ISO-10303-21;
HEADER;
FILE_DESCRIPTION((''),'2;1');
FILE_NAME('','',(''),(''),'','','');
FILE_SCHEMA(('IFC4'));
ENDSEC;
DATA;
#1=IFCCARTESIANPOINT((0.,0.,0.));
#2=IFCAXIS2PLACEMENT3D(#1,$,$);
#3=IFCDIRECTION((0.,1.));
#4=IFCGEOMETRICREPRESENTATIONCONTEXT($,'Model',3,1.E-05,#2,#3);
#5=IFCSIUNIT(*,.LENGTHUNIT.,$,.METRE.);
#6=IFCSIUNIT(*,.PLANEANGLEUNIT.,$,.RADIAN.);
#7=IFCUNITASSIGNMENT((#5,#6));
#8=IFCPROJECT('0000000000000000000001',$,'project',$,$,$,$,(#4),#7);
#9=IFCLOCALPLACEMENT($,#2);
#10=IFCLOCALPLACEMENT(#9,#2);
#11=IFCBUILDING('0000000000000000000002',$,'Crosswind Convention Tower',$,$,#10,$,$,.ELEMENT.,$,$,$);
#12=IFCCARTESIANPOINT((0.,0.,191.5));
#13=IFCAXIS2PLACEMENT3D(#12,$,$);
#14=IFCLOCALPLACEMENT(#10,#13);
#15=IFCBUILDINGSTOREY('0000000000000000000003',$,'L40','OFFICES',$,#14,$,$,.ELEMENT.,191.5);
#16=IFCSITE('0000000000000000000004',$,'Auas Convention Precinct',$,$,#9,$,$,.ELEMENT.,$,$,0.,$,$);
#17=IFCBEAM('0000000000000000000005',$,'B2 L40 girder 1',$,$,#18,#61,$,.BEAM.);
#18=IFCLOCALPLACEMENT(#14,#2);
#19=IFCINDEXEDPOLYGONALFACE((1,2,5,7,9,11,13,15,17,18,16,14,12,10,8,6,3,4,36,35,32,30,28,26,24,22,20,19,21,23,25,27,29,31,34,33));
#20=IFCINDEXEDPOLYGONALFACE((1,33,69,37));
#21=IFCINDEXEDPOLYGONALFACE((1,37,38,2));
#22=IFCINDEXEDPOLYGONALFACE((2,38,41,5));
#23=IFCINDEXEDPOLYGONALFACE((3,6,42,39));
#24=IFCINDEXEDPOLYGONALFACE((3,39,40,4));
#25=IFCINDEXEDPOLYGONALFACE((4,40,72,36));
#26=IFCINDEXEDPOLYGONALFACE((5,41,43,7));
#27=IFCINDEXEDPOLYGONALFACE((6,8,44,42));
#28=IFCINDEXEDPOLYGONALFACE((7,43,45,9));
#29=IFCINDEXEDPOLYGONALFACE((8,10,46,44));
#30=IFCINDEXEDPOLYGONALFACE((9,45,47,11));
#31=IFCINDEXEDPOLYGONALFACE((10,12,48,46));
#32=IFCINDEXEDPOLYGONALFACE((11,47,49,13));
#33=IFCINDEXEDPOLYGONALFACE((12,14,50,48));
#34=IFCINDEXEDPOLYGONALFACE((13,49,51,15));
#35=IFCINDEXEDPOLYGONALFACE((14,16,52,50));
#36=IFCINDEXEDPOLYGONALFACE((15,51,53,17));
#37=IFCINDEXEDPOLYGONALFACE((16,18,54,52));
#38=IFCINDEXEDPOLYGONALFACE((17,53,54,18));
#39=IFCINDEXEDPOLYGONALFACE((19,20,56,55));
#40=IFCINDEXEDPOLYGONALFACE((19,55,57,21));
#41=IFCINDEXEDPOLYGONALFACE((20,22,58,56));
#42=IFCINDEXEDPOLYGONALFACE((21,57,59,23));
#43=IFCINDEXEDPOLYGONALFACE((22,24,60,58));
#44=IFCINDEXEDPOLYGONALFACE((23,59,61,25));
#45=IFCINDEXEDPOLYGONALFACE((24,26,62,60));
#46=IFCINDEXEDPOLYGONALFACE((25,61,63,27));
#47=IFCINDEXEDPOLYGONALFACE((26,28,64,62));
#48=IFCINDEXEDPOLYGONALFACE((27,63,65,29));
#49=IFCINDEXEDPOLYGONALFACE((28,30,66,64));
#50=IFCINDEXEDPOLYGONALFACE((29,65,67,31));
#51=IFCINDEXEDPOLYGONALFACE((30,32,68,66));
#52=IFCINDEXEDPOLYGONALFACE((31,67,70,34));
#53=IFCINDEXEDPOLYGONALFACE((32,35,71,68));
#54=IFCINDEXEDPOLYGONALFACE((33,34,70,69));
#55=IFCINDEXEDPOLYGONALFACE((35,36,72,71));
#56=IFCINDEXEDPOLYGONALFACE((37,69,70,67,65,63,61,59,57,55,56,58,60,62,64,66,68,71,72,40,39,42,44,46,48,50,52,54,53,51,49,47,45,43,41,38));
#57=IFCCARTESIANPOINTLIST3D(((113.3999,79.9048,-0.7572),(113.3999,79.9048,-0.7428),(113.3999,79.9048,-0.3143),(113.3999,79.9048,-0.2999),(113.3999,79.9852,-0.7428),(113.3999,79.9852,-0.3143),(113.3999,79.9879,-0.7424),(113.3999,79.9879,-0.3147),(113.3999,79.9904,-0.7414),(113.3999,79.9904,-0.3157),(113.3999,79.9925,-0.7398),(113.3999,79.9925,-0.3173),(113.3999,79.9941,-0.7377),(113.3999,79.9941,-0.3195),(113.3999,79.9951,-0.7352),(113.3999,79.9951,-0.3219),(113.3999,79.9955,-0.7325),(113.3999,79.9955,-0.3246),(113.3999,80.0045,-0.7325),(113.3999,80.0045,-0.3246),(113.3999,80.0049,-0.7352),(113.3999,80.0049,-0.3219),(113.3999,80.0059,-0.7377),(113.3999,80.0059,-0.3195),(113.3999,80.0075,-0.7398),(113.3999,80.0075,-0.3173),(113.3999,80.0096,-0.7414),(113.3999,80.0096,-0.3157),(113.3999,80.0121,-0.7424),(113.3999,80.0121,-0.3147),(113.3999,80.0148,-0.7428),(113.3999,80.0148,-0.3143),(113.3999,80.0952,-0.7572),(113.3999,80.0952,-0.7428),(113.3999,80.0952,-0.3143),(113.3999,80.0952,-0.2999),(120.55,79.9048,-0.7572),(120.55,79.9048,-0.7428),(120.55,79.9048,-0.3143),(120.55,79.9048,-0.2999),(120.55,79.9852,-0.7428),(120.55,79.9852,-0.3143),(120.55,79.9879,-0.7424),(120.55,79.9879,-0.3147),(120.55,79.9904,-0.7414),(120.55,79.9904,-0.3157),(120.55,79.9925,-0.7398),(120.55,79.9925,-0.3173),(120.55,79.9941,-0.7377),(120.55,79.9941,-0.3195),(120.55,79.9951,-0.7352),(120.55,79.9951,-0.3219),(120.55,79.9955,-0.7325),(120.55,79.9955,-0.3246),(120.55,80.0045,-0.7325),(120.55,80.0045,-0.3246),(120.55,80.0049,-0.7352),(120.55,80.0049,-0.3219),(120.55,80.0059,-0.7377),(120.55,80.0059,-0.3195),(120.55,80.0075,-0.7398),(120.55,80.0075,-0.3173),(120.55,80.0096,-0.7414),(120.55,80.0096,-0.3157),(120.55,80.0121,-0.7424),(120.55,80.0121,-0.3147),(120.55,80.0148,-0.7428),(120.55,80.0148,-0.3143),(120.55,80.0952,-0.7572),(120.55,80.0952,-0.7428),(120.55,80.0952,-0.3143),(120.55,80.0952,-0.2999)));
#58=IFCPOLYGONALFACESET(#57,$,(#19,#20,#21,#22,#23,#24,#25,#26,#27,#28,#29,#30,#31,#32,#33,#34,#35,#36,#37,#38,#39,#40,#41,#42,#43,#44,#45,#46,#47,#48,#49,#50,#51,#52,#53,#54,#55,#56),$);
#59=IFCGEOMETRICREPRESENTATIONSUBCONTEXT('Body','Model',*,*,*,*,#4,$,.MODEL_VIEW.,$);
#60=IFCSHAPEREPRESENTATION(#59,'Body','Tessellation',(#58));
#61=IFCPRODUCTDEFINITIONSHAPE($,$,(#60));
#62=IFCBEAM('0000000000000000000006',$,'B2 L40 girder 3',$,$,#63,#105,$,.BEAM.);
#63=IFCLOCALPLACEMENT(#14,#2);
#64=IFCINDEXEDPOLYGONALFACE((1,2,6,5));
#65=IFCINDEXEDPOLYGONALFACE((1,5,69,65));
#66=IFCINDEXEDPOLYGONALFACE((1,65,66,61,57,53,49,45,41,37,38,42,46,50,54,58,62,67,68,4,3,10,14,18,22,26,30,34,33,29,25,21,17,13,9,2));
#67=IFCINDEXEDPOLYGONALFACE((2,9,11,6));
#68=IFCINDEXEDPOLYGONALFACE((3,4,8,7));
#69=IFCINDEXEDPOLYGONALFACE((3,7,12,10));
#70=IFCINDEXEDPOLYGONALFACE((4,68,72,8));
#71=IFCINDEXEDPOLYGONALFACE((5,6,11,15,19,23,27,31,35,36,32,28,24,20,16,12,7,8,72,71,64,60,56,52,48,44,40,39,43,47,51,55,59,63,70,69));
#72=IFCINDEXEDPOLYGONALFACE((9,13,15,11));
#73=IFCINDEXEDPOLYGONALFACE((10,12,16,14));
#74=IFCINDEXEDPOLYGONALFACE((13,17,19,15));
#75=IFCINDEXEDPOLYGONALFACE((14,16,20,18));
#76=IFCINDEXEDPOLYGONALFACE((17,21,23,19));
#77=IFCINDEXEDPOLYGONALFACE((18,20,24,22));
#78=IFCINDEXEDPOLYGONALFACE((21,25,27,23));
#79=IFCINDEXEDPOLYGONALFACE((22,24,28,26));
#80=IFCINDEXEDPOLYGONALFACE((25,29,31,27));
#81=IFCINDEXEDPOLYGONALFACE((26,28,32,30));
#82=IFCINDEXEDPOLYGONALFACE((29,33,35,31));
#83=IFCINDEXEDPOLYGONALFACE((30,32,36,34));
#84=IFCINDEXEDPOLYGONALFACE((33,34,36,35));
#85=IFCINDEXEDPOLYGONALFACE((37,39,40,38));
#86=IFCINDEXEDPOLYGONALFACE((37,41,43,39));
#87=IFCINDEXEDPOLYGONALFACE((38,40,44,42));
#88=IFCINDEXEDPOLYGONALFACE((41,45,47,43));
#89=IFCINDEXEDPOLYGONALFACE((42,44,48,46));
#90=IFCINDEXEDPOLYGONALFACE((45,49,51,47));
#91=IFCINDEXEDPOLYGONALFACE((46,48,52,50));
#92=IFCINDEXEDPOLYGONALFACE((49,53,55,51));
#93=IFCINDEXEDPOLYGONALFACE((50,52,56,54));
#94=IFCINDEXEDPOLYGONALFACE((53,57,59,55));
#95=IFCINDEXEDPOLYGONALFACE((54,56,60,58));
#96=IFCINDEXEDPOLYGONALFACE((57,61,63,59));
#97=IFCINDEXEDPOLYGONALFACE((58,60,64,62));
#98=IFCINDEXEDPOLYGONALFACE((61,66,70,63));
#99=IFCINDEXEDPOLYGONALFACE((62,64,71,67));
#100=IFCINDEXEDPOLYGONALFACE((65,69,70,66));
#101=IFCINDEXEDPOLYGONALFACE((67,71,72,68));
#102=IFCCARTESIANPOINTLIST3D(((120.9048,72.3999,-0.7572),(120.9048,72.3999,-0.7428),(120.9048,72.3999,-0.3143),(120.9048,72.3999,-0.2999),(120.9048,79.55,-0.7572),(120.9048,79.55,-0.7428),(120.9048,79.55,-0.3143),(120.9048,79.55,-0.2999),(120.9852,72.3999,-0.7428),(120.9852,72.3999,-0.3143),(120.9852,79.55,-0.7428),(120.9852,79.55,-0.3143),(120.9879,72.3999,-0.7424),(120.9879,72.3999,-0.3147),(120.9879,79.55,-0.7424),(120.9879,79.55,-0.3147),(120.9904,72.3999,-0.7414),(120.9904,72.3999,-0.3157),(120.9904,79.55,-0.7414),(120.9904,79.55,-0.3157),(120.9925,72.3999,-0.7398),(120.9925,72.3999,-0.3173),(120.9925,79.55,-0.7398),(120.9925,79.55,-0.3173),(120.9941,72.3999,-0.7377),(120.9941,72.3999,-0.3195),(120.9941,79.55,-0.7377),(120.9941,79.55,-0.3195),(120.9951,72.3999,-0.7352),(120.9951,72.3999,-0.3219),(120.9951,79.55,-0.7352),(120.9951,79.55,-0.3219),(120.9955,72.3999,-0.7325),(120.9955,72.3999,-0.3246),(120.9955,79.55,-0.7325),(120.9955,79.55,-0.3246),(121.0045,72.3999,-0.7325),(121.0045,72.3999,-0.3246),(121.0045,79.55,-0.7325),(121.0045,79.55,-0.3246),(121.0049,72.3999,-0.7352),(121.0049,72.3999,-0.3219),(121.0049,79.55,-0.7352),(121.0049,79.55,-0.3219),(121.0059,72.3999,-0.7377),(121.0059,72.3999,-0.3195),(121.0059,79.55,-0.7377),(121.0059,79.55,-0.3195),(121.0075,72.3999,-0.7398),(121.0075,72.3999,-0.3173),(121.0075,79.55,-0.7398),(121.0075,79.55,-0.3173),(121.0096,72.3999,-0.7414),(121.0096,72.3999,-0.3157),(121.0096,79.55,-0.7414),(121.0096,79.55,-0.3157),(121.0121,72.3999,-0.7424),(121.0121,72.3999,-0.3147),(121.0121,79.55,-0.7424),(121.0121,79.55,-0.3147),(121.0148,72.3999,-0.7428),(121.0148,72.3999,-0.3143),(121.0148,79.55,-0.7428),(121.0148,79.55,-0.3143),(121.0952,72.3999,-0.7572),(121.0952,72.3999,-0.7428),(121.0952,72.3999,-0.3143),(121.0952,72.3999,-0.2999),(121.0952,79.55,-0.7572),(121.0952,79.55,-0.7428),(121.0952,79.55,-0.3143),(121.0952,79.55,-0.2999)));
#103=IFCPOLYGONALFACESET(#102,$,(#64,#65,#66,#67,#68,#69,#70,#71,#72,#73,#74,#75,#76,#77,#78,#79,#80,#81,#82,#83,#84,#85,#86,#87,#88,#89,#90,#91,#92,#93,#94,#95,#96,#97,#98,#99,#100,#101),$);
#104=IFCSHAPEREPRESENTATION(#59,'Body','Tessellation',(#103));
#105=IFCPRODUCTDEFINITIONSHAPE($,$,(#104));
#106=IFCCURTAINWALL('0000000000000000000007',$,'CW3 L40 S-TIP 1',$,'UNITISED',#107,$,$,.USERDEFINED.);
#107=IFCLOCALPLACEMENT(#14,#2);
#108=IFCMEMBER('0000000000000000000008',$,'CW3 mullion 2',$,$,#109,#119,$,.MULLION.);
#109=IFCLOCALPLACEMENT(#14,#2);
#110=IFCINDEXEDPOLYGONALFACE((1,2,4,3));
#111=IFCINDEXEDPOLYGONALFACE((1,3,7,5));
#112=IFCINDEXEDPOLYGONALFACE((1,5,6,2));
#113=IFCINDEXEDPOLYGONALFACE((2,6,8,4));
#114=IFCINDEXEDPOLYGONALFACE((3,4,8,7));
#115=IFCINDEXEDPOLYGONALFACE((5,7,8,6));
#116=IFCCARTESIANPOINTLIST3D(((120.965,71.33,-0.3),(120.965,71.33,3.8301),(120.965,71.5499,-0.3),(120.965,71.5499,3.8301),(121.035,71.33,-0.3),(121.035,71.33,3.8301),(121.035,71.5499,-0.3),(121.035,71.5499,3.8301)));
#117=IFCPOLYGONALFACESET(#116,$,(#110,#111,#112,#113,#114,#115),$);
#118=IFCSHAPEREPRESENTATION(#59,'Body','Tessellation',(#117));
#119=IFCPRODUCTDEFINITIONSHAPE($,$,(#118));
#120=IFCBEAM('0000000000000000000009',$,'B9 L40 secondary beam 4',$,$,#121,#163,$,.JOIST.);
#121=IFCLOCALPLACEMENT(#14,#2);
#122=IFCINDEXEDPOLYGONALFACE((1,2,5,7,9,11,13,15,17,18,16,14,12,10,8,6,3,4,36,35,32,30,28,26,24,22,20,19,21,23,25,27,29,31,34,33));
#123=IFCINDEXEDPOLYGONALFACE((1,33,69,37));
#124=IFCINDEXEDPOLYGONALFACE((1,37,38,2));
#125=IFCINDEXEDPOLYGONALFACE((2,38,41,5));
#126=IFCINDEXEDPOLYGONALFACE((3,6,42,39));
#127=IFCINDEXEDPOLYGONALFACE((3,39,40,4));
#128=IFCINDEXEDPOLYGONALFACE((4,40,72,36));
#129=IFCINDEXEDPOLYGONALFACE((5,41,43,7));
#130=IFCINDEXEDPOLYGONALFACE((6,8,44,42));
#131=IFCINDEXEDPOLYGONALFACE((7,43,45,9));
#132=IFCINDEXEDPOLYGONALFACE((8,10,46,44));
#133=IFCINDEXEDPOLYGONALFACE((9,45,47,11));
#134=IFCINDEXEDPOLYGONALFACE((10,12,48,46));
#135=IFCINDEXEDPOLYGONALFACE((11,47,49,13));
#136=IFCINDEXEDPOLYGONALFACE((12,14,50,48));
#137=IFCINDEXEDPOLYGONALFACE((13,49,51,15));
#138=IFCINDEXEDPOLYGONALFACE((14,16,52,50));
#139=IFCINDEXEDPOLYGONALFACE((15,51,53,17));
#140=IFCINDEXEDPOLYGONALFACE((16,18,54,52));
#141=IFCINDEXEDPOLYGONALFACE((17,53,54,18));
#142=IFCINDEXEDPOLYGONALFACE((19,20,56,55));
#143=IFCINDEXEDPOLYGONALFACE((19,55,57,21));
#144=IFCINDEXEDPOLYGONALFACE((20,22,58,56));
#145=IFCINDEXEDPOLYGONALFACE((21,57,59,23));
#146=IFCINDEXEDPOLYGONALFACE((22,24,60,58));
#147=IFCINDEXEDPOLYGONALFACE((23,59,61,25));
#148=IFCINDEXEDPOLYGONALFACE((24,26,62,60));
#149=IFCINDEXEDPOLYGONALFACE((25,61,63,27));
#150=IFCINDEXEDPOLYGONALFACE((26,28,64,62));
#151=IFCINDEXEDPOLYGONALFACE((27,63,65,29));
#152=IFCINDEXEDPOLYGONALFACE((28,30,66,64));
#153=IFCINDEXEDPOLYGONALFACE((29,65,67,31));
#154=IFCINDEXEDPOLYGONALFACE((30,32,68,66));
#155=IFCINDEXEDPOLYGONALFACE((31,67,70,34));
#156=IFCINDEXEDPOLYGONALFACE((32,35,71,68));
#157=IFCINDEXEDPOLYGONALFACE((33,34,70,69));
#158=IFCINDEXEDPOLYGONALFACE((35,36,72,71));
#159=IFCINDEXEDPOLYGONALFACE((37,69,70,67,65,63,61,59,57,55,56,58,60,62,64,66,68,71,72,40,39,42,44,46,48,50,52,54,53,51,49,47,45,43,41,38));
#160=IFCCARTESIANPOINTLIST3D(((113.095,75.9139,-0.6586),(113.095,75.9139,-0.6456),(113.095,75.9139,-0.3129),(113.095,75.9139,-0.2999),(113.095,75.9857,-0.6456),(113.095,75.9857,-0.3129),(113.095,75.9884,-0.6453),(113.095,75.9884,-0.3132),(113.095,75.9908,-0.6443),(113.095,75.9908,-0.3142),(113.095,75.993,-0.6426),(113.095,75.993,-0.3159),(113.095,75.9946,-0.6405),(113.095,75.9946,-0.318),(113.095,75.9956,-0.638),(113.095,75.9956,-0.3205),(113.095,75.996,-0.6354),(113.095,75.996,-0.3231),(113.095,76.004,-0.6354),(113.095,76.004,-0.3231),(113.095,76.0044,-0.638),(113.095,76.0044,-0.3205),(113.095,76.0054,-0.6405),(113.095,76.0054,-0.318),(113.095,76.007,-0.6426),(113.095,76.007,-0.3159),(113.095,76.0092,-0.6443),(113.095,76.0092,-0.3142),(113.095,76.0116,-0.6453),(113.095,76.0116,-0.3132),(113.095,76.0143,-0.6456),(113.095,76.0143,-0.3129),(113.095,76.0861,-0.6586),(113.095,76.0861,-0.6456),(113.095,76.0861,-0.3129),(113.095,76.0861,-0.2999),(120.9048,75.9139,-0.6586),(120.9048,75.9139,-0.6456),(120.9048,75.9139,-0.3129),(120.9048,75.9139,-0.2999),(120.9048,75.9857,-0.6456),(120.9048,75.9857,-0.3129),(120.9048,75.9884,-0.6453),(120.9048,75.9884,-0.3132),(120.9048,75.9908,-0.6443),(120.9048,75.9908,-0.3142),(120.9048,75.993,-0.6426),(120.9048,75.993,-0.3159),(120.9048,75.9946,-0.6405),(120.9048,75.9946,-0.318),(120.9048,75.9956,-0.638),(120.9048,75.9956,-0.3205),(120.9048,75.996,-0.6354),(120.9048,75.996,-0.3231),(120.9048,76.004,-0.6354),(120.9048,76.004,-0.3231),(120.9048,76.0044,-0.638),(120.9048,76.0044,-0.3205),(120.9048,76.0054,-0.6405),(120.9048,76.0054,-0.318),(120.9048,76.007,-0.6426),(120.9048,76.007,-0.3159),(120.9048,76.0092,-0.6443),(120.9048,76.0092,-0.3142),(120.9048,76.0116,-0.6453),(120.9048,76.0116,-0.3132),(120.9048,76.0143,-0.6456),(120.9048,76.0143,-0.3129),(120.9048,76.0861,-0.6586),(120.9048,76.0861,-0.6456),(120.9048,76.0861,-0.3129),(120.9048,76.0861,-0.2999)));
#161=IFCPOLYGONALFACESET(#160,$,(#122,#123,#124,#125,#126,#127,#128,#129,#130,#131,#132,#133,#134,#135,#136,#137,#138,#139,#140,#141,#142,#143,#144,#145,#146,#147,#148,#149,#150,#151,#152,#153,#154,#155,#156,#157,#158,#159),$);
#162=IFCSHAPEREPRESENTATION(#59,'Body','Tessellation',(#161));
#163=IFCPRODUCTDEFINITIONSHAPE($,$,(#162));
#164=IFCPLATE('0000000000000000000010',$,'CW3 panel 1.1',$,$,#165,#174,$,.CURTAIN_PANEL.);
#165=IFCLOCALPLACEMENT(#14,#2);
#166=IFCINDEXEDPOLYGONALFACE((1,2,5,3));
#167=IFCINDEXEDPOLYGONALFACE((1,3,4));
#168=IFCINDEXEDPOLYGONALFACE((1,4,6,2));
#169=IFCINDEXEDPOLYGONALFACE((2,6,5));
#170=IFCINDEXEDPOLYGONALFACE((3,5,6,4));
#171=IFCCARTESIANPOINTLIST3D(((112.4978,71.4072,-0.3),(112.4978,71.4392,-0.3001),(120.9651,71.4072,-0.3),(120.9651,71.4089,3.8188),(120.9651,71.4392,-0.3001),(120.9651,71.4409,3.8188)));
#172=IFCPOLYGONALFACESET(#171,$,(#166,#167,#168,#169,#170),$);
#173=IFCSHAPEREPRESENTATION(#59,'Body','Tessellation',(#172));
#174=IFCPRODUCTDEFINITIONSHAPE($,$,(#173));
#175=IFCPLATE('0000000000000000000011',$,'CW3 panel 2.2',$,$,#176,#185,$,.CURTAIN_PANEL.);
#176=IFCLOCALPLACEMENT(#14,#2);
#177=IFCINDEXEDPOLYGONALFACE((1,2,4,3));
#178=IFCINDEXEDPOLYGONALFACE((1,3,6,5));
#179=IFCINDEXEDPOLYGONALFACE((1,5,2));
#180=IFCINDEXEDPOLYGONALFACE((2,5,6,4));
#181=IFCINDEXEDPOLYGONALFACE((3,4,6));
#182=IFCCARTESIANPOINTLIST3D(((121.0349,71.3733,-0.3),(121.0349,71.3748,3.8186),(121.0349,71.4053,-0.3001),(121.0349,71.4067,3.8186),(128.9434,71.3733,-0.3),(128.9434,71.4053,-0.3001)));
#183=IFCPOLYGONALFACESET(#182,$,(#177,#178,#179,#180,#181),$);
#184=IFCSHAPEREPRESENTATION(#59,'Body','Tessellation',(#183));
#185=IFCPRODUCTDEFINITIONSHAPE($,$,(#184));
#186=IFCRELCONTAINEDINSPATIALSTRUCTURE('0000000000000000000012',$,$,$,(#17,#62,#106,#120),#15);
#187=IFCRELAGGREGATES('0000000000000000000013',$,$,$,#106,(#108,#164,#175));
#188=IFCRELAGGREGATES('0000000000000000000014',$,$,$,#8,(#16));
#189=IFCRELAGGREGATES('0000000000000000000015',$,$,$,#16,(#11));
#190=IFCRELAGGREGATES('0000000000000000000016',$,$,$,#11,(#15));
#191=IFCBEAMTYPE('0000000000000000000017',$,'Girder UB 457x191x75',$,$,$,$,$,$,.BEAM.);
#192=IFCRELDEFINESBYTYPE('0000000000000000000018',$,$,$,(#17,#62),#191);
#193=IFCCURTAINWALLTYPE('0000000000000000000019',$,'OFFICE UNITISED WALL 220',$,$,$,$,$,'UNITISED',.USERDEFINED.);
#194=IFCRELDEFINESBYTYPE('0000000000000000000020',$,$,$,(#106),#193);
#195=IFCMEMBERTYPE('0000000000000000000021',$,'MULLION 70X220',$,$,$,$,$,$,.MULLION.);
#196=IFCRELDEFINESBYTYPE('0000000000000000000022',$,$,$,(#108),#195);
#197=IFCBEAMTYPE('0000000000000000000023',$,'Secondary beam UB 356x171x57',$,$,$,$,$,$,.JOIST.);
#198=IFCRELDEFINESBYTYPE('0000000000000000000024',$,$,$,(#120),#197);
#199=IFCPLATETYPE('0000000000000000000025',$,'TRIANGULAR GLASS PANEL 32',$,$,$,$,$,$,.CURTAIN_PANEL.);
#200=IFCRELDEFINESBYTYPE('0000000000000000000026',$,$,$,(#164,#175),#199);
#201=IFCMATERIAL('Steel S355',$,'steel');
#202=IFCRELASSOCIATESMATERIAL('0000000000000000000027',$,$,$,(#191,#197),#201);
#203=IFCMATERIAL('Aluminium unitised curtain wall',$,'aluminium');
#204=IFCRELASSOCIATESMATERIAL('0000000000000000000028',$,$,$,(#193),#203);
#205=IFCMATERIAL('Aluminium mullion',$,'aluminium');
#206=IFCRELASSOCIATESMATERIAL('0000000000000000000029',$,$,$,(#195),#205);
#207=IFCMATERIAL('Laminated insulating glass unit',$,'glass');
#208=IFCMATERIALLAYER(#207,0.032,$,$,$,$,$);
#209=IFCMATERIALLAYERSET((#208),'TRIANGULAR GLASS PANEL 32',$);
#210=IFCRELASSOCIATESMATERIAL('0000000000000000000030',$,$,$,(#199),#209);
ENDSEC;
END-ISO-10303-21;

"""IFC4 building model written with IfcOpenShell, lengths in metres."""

from ifc_helpers import new_model, si_unit, direction, frame, origin, origin_2d, place, context, subcontext, project, spatial, polyline, rectangle, i_section, outline, extrude, material, layer, layer_set, material_profile, profile_set, type_object, element, aggregate, save


model = new_model("IFC4")

# Units and contexts
model_context = context("Model", 3, precision=1e-05, world=origin(), true_north=direction((0.0, 1.0)))
body_context = subcontext(model_context, "Body", "Model", "MODEL_VIEW")
ifc_project = project(units=[si_unit("LENGTHUNIT", "METRE"), si_unit("PLANEANGLEUNIT", "RADIAN")], contexts=[model_context])

# Site, building, storey
site_placement = place(None, origin())
site = spatial("IfcSite", under=ifc_project, at=site_placement, Name="Auas Convention Precinct", CompositionType="ELEMENT", RefElevation=0.0)
building_placement = place(site_placement, origin())
building = spatial("IfcBuilding", under=site, at=building_placement, Name="Crosswind Convention Tower", CompositionType="ELEMENT")
storey_placement = place(building_placement, frame((0.0, 0.0, 191.5)))
storey = spatial("IfcBuildingStorey", under=building, at=storey_placement, Name="L40", Description="OFFICES", CompositionType="ELEMENT", Elevation=191.5)

# Beams
ifc_material_1 = material(Name="Steel S355", Category="steel")
ifc_material_profile_1 = material_profile(ifc_material_1, i_section(OverallWidth=0.1904, OverallDepth=0.4573, WebThickness=0.009, FlangeThickness=0.0144, FilletRadius=0.0103, at=origin_2d()), Name="UB 457x191x75")
ifc_profile_set_1 = profile_set([ifc_material_profile_1], Name="Steel S355")
beam_type_1 = type_object("IfcBeamType", Name="Girder UB 457x191x75", PredefinedType="BEAM", material=ifc_profile_set_1)
for number, where, z_axis, x_axis, name in (
    (1, (113.3999, 80.0, -0.5286), (1.0, 0.0, 0.0), (0.0, 1.0, 0.0), "B2 L40 girder 1"),
    (2, (121.0, 72.3999, -0.5286), (0.0, 1.0, 0.0), (-1.0, 0.0, 0.0), "B2 L40 girder 3"),
):
    element("IfcBeam", number, at=place(storey_placement, frame(where, z_axis=z_axis, x_axis=x_axis)), inside=storey, type_object=beam_type_1, Name=name, PredefinedType="BEAM", context=body_context, shape_type="SweptSolid", body=[
        extrude(i_section(OverallWidth=0.1904, OverallDepth=0.4573, WebThickness=0.009, FlangeThickness=0.0144, FilletRadius=0.0103, at=origin_2d()), origin(), (0.0, 0.0, 1.0), 7.1501),
    ])

# Curtain wall, member
ifc_material_2 = material(Name="Aluminium unitised curtain wall", Category="aluminium")
curtain_wall_type = type_object("IfcCurtainWallType", Name="OFFICE UNITISED WALL 220", ElementType="UNITISED", PredefinedType="USERDEFINED", material=ifc_material_2)
curtain_wall_placement = place(storey_placement, origin())
curtain_wall = element("IfcCurtainWall", 3, at=curtain_wall_placement, inside=storey, type_object=curtain_wall_type, Name="CW3 L40 S-TIP 1", ObjectType="UNITISED", PredefinedType="USERDEFINED")
ifc_material_3 = material(Name="Aluminium mullion", Category="aluminium")
ifc_material_profile_2 = material_profile(ifc_material_3, rectangle(XDim=0.22, YDim=0.0701, at=origin_2d()), Name="AL 220X70")
ifc_profile_set_2 = profile_set([ifc_material_profile_2], Name="Aluminium mullion")
member_type = type_object("IfcMemberType", Name="MULLION 70X220", PredefinedType="MULLION", material=ifc_profile_set_2)
member_placement = place(storey_placement, frame((121.0, 71.4399, -0.3), z_axis=(0.0, 0.0, 1.0), x_axis=(0.0, -1.0, 0.0)))
member = element("IfcMember", 4, at=member_placement, type_object=member_type, Name="CW3 mullion 2", PredefinedType="MULLION", context=body_context, shape_type="SweptSolid", body=[
    extrude(rectangle(XDim=0.22, YDim=0.0701, at=origin_2d()), origin(), (0.0, 0.0, 1.0), 4.1301),
])

# Beam
ifc_material_profile_3 = material_profile(ifc_material_1, i_section(OverallWidth=0.1721, OverallDepth=0.3586, WebThickness=0.0081, FlangeThickness=0.0129, FilletRadius=0.0103, at=origin_2d()), Name="UB 356x171x57")
ifc_profile_set_3 = profile_set([ifc_material_profile_3], Name="Steel S355")
beam_type_2 = type_object("IfcBeamType", Name="Secondary beam UB 356x171x57", PredefinedType="JOIST", material=ifc_profile_set_3)
beam_placement = place(storey_placement, frame((113.095, 76.0, -0.4792), z_axis=(1.0, 0.0, 0.0), x_axis=(0.0, 1.0, 0.0)))
element("IfcBeam", 5, at=beam_placement, inside=storey, type_object=beam_type_2, Name="B9 L40 secondary beam 4", PredefinedType="JOIST", context=body_context, shape_type="SweptSolid", body=[
    extrude(i_section(OverallWidth=0.1721, OverallDepth=0.3586, WebThickness=0.0081, FlangeThickness=0.0129, FilletRadius=0.0103, at=origin_2d()), origin(), (0.0, 0.0, 1.0), 7.8098),
])

# Plates
ifc_material_4 = material(Name="Laminated insulating glass unit", Category="glass")
ifc_layer_1 = layer(ifc_material_4, 0.032)
ifc_layer_set_1 = layer_set([ifc_layer_1], Name="TRIANGULAR GLASS PANEL 32")
plate_type = type_object("IfcPlateType", Name="TRIANGULAR GLASS PANEL 32", PredefinedType="CURTAIN_PANEL", material=ifc_layer_set_1)
plate_1_placement = place(storey_placement, frame((120.9651, 71.4072, -0.3), z_axis=(0.0, -1.0, 0.000415), x_axis=(0.0, 0.000415, 1.0)))
plate_1 = element("IfcPlate", 6, at=plate_1_placement, type_object=plate_type, Name="CW3 panel 1.1", PredefinedType="CURTAIN_PANEL", context=body_context, shape_type="SweptSolid", body=[
    extrude(outline(polyline([(0.0, 0.0), (4.1189, 0.0), (0.0, 8.4673), (0.0, 0.0)])), origin(), (0.0, 0.0, -1.0), 0.032),
])
plate_2_placement = place(storey_placement, frame((121.0349, 71.3733, -0.3), z_axis=(0.0, -1.0, 0.000356), x_axis=(1.0, 0.0, 0.0)))
plate_2 = element("IfcPlate", 7, at=plate_2_placement, type_object=plate_type, Name="CW3 panel 2.2", PredefinedType="CURTAIN_PANEL", context=body_context, shape_type="SweptSolid", body=[
    extrude(outline(polyline([(0.0, 0.0), (7.9084, 0.0), (0.0, 4.1187), (0.0, 0.0)])), origin(), (0.0, 0.0, -1.0), 0.032),
])
aggregate(curtain_wall, [member, plate_1, plate_2])

save(model, "model.ifc")
